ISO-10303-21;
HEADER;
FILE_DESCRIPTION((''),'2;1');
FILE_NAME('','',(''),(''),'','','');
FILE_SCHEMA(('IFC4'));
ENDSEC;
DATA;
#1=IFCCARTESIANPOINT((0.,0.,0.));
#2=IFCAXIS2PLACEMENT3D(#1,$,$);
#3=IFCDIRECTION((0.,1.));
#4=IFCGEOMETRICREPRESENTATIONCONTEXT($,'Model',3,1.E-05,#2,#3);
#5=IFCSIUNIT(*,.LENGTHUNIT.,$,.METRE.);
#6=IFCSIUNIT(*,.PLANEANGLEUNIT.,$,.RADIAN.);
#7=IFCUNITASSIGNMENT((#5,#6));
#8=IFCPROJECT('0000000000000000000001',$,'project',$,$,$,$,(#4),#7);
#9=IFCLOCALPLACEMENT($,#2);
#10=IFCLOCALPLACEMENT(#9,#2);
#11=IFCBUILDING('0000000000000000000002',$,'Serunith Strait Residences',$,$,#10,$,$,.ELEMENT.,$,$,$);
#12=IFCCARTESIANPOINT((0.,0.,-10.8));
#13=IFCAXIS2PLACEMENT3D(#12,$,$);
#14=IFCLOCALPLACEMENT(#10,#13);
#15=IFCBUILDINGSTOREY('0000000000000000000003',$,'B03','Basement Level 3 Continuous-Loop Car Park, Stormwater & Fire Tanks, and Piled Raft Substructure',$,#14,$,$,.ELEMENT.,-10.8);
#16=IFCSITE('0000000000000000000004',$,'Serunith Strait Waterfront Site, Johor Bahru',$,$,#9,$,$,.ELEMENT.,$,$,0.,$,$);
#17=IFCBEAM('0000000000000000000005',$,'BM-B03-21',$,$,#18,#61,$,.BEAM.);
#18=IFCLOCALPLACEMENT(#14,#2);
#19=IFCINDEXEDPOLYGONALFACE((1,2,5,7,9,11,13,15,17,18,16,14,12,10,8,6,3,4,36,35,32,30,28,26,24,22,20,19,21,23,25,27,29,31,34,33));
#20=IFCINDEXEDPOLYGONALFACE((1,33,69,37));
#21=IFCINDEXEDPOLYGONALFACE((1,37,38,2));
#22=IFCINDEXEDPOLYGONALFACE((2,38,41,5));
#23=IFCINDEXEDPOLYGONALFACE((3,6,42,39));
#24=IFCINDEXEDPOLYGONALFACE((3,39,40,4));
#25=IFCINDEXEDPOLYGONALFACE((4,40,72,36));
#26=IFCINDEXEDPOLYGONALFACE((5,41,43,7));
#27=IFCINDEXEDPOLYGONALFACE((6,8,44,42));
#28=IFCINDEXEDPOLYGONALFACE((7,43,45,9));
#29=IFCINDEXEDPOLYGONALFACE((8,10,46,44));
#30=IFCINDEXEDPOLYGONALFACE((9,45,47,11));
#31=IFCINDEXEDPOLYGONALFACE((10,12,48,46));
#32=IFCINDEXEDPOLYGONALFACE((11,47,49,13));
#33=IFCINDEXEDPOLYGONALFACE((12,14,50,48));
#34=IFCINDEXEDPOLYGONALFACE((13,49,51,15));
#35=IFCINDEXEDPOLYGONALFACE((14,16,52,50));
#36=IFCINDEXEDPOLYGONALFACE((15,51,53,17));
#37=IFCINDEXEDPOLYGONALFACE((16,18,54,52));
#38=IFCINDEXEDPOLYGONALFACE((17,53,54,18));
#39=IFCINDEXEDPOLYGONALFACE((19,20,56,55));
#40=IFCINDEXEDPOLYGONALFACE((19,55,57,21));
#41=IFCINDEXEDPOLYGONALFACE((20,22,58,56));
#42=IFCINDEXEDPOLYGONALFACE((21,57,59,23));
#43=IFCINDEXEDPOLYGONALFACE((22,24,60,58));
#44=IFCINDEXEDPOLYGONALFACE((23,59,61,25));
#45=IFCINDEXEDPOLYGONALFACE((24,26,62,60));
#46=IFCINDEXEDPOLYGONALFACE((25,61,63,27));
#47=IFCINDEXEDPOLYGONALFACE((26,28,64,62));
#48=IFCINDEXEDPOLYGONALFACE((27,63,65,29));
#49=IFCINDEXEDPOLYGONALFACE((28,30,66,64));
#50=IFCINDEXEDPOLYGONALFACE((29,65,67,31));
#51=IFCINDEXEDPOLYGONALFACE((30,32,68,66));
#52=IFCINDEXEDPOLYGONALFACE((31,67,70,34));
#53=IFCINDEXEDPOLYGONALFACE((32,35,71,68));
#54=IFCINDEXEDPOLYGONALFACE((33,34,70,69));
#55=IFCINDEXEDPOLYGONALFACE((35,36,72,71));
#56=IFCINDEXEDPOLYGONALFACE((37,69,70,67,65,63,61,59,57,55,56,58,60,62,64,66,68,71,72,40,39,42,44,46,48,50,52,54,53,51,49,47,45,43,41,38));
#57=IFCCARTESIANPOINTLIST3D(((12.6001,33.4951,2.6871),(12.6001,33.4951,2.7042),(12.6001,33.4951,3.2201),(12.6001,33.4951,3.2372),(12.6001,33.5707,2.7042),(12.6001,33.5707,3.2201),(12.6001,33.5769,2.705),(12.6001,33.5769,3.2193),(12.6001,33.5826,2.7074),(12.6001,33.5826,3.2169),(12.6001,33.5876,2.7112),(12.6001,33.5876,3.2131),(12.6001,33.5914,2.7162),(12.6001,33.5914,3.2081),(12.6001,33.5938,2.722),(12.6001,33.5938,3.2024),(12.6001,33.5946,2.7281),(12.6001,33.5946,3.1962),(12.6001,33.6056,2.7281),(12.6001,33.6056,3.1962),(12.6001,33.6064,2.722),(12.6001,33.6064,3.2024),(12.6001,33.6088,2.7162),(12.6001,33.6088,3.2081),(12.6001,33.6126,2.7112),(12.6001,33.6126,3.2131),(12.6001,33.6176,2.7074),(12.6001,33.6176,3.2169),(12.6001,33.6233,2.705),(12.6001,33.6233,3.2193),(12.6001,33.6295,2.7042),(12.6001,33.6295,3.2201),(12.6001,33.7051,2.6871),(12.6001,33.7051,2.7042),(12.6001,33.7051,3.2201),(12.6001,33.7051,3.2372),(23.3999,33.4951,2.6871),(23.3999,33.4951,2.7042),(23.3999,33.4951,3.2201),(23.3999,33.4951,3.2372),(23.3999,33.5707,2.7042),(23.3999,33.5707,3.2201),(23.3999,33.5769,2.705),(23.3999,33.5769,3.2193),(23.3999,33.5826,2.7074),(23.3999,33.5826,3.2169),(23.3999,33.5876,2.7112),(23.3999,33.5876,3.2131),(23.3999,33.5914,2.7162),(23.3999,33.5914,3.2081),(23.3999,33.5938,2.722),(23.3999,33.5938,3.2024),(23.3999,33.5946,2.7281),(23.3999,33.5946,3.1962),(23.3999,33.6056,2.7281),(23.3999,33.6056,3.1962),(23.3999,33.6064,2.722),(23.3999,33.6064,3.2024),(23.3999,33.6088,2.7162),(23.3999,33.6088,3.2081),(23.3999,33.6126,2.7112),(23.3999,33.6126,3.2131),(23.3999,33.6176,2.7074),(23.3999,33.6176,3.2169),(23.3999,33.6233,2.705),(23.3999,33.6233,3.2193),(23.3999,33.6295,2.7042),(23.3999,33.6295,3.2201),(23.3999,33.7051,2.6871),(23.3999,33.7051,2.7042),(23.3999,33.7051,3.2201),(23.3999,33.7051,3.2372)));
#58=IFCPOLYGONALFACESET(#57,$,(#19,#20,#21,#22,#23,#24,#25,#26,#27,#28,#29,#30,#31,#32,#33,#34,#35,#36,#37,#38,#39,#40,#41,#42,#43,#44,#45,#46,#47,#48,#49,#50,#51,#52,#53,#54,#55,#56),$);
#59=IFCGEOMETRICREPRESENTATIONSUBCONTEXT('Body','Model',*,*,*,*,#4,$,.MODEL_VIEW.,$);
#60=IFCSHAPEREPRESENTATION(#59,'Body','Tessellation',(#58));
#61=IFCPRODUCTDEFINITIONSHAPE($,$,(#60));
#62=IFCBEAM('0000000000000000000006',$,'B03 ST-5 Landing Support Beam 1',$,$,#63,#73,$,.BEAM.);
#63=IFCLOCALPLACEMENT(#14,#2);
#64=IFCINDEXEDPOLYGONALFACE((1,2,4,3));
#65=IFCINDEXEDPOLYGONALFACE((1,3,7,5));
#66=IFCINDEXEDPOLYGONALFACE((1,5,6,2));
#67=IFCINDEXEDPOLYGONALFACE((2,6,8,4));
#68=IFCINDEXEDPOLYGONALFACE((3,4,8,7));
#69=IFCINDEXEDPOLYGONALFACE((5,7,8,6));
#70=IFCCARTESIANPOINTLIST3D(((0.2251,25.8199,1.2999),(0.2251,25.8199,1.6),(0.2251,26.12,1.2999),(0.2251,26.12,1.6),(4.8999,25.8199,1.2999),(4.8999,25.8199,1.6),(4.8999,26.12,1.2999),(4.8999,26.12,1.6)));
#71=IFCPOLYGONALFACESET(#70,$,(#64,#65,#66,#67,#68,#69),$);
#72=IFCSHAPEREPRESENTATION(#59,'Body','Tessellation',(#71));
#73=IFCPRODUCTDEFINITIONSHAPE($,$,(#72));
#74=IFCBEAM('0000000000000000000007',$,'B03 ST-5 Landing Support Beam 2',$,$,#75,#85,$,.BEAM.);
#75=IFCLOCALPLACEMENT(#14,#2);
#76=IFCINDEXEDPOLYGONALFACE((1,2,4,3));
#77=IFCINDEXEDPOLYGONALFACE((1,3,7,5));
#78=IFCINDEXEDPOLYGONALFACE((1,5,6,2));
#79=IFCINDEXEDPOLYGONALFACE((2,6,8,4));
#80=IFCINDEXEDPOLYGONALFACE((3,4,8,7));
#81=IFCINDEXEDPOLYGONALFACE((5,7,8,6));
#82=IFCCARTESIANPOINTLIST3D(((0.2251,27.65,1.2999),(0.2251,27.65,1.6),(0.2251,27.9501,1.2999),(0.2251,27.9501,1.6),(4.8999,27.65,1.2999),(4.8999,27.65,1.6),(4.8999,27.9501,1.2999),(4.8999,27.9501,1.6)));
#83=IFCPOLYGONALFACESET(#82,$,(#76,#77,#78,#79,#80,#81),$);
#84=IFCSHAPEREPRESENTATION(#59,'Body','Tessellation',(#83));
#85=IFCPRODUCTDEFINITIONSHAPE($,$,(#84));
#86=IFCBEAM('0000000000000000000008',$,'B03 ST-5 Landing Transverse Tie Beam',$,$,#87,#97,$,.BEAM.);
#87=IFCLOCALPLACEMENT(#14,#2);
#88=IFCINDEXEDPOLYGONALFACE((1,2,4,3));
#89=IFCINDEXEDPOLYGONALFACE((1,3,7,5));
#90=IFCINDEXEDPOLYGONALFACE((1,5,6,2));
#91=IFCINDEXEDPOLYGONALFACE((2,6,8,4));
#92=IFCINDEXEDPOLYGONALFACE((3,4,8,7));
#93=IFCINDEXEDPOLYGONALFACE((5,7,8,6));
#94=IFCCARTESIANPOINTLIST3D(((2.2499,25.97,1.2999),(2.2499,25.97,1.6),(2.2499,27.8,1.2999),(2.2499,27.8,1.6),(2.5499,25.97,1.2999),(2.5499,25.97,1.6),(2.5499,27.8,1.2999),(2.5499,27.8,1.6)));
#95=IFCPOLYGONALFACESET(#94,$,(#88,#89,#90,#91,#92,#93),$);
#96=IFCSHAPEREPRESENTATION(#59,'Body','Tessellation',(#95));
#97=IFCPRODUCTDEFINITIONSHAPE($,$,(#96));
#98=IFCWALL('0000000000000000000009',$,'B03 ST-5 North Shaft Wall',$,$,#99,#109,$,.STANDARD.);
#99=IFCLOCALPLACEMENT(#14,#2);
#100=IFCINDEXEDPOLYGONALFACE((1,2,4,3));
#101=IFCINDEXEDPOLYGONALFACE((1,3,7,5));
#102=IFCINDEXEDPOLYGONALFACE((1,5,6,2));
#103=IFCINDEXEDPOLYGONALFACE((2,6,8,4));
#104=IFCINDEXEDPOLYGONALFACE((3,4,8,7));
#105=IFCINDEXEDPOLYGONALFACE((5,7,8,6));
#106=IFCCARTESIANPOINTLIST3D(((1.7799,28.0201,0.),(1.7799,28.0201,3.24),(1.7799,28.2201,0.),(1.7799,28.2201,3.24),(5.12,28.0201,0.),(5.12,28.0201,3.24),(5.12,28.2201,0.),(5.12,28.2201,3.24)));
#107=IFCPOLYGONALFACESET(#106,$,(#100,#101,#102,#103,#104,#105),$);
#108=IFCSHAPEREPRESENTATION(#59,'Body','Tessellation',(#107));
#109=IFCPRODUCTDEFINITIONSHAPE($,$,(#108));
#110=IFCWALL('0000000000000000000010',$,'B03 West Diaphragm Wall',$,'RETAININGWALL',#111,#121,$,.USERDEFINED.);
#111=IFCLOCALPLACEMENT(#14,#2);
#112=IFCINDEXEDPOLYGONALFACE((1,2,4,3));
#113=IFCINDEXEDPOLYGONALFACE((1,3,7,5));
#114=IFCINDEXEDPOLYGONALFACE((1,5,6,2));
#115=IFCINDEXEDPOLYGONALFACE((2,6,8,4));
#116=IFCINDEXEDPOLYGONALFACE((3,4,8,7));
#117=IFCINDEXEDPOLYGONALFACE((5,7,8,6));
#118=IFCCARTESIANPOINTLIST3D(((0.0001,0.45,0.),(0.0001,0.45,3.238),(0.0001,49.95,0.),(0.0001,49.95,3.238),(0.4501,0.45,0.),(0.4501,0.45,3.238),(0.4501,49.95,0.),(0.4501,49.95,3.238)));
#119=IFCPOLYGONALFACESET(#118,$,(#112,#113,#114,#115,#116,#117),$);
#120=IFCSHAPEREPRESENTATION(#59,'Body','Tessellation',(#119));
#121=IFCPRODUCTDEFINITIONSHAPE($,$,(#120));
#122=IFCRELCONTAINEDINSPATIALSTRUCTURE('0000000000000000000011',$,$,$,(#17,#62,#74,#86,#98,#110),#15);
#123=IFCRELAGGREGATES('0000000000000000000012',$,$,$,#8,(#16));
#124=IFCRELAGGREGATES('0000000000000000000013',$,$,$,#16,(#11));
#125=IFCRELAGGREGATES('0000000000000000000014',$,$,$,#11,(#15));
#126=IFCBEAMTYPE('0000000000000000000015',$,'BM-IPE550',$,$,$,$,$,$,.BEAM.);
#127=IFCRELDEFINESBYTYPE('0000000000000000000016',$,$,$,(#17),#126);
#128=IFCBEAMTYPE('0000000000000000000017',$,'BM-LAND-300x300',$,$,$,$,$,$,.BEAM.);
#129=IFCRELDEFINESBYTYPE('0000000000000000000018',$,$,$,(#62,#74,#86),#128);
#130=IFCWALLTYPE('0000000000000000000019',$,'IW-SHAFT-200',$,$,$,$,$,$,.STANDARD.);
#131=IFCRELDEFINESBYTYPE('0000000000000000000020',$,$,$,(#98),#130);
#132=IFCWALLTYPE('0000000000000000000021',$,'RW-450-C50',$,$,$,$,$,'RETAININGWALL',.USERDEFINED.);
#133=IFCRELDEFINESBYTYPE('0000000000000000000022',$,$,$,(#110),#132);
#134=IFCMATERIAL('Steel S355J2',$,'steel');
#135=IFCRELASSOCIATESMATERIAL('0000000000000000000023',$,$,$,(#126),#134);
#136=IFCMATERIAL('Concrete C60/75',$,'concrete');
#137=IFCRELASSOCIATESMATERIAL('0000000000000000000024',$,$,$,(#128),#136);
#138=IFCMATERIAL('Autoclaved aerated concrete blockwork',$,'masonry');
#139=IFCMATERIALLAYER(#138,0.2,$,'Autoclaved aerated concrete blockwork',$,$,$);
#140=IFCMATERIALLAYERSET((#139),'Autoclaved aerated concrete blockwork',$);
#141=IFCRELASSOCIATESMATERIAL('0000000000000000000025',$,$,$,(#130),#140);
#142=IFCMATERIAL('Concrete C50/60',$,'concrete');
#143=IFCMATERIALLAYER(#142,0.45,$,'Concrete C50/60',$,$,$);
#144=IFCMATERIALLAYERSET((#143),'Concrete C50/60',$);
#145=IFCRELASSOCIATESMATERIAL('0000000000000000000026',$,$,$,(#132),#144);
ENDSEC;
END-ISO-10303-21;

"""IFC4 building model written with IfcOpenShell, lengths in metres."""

from ifc_helpers import new_model, si_unit, direction, frame, frame_2d, origin, origin_2d, place, context, subcontext, project, spatial, rectangle, i_section, extrude, source, transform, mapped, material, layer, layer_set, material_profile, profile_set, type_object, element, save


model = new_model("IFC4")

# Units and contexts
model_context = context("Model", 3, precision=1e-05, world=origin(), true_north=direction((0.0, 1.0)))
body_context = subcontext(model_context, "Body", "Model", "MODEL_VIEW")
ifc_project = project(units=[si_unit("LENGTHUNIT", "METRE"), si_unit("PLANEANGLEUNIT", "RADIAN")], contexts=[model_context])

# Site, building, storey
site_placement = place(None, origin())
site = spatial("IfcSite", under=ifc_project, at=site_placement, Name="Serunith Strait Waterfront Site, Johor Bahru", CompositionType="ELEMENT", RefElevation=0.0)
building_placement = place(site_placement, origin())
building = spatial("IfcBuilding", under=site, at=building_placement, Name="Serunith Strait Residences", CompositionType="ELEMENT")
storey_placement = place(building_placement, frame((0.0, 0.0, -10.8)))
storey = spatial("IfcBuildingStorey", under=building, at=storey_placement, Name="B03", Description="Basement Level 3 Continuous-Loop Car Park, Stormwater & Fire Tanks, and Piled Raft Substructure", CompositionType="ELEMENT", Elevation=-10.8)

# Shared definitions
ifc_material_1 = material(Name="Concrete C50/60", Category="concrete")

# Beams
ifc_material_2 = material(Name="Steel S355J2", Category="steel")
ifc_material_profile_1 = material_profile(ifc_material_2, i_section(OverallWidth=0.21, OverallDepth=0.55, WebThickness=0.011, FlangeThickness=0.0171, FilletRadius=0.0239, at=origin_2d()), Name="IPE 550")
ifc_profile_set_1 = profile_set([ifc_material_profile_1], Name="Steel S355J2")
beam_type_1 = type_object("IfcBeamType", Name="BM-IPE550", PredefinedType="BEAM", material=ifc_profile_set_1)
shared_shape_1 = source(origin(), body_context, "Body", "SweptSolid", [
    extrude(i_section(OverallWidth=0.21, OverallDepth=0.55, WebThickness=0.011, FlangeThickness=0.0171, FilletRadius=0.0239, at=origin_2d()), origin(), (0.0, 0.0, 1.0), 10.7998),
])
beam_1_placement = place(storey_placement, frame((12.6001, 33.6001, 2.9622), z_axis=(1.0, 0.0, 0.0), x_axis=(0.0, 1.0, 0.0)))
element("IfcBeam", 1, at=beam_1_placement, inside=storey, type_object=beam_type_1, Name="BM-B03-21", PredefinedType="BEAM", context=body_context, shape_type="MappedRepresentation", body=[
    mapped(shared_shape_1, transform((0.0, 0.0, 0.0), scale=1.0)),
])
ifc_material_3 = material(Name="Concrete C60/75", Category="concrete")
ifc_material_profile_2 = material_profile(ifc_material_3, rectangle(XDim=0.3, YDim=0.3, at=origin_2d()), Name="RC 300x300")
ifc_profile_set_2 = profile_set([ifc_material_profile_2], Name="Concrete C60/75")
beam_type_2 = type_object("IfcBeamType", Name="BM-LAND-300x300", PredefinedType="BEAM", material=ifc_profile_set_2)
shared_shape_2 = source(origin(), body_context, "Body", "SweptSolid", [
    extrude(rectangle(XDim=0.3, YDim=0.3, at=origin_2d()), origin(), (0.0, 0.0, 1.0), 4.6748),
])
for number, where, z_axis, x_axis, name in (
    (2, (0.2251, 25.97, 1.45), (1.0, 0.0, 0.0), (0.0, 1.0, 0.0), "B03 ST-5 Landing Support Beam 1"),
    (3, (0.2251, 27.8, 1.45), (1.0, 0.0, 0.0), (0.0, 1.0, 0.0), "B03 ST-5 Landing Support Beam 2"),
):
    element("IfcBeam", number, at=place(storey_placement, frame(where, z_axis=z_axis, x_axis=x_axis)), inside=storey, type_object=beam_type_2, Name=name, PredefinedType="BEAM", context=body_context, shape_type="MappedRepresentation", body=[
        mapped(shared_shape_2, transform((0.0, 0.0, 0.0), scale=1.0)),
    ])
shared_shape_3 = source(origin(), body_context, "Body", "SweptSolid", [
    extrude(rectangle(XDim=0.3, YDim=0.3, at=origin_2d()), origin(), (0.0, 0.0, 1.0), 1.8301),
])
beam_2_placement = place(storey_placement, frame((2.3999, 25.97, 1.45), z_axis=(0.0, 1.0, 0.0), x_axis=(-1.0, 0.0, 0.0)))
element("IfcBeam", 4, at=beam_2_placement, inside=storey, type_object=beam_type_2, Name="B03 ST-5 Landing Transverse Tie Beam", PredefinedType="BEAM", context=body_context, shape_type="MappedRepresentation", body=[
    mapped(shared_shape_3, transform((0.0, 0.0, 0.0), scale=1.0)),
])

# Walls
ifc_material_4 = material(Name="Autoclaved aerated concrete blockwork", Category="masonry")
ifc_layer_1 = layer(ifc_material_4, 0.2, Name="Autoclaved aerated concrete blockwork")
ifc_layer_set_1 = layer_set([ifc_layer_1], Name="Autoclaved aerated concrete blockwork")
wall_type_1 = type_object("IfcWallType", Name="IW-SHAFT-200", PredefinedType="STANDARD", material=ifc_layer_set_1)
wall_1_placement = place(storey_placement, frame((1.78, 28.1201, 0.0), z_axis=(0.0, 0.0, 1.0), x_axis=(1.0, 0.0, 0.0)))
element("IfcWall", 5, at=wall_1_placement, inside=storey, type_object=wall_type_1, Name="B03 ST-5 North Shaft Wall", PredefinedType="STANDARD", context=body_context, shape_type="SweptSolid", body=[
    extrude(rectangle(XDim=3.3401, YDim=0.2, at=frame_2d((1.6699, 0.0))), origin(), (0.0, 0.0, 1.0), 3.24),
])
ifc_layer_2 = layer(ifc_material_1, 0.45, Name="Concrete C50/60")
ifc_layer_set_2 = layer_set([ifc_layer_2], Name="Concrete C50/60")
wall_type_2 = type_object("IfcWallType", Name="RW-450-C50", ElementType="RETAININGWALL", PredefinedType="USERDEFINED", material=ifc_layer_set_2)
wall_2_placement = place(storey_placement, frame((0.2251, 49.95, 0.0), z_axis=(0.0, 0.0, 1.0), x_axis=(0.0, -1.0, 0.0)))
element("IfcWall", 6, at=wall_2_placement, inside=storey, type_object=wall_type_2, Name="B03 West Diaphragm Wall", ObjectType="RETAININGWALL", PredefinedType="USERDEFINED", context=body_context, shape_type="SweptSolid", body=[
    extrude(rectangle(XDim=49.5, YDim=0.45, at=frame_2d((24.75, 0.0))), origin(), (0.0, 0.0, 1.0), 3.238),
])

save(model, "model.ifc")
